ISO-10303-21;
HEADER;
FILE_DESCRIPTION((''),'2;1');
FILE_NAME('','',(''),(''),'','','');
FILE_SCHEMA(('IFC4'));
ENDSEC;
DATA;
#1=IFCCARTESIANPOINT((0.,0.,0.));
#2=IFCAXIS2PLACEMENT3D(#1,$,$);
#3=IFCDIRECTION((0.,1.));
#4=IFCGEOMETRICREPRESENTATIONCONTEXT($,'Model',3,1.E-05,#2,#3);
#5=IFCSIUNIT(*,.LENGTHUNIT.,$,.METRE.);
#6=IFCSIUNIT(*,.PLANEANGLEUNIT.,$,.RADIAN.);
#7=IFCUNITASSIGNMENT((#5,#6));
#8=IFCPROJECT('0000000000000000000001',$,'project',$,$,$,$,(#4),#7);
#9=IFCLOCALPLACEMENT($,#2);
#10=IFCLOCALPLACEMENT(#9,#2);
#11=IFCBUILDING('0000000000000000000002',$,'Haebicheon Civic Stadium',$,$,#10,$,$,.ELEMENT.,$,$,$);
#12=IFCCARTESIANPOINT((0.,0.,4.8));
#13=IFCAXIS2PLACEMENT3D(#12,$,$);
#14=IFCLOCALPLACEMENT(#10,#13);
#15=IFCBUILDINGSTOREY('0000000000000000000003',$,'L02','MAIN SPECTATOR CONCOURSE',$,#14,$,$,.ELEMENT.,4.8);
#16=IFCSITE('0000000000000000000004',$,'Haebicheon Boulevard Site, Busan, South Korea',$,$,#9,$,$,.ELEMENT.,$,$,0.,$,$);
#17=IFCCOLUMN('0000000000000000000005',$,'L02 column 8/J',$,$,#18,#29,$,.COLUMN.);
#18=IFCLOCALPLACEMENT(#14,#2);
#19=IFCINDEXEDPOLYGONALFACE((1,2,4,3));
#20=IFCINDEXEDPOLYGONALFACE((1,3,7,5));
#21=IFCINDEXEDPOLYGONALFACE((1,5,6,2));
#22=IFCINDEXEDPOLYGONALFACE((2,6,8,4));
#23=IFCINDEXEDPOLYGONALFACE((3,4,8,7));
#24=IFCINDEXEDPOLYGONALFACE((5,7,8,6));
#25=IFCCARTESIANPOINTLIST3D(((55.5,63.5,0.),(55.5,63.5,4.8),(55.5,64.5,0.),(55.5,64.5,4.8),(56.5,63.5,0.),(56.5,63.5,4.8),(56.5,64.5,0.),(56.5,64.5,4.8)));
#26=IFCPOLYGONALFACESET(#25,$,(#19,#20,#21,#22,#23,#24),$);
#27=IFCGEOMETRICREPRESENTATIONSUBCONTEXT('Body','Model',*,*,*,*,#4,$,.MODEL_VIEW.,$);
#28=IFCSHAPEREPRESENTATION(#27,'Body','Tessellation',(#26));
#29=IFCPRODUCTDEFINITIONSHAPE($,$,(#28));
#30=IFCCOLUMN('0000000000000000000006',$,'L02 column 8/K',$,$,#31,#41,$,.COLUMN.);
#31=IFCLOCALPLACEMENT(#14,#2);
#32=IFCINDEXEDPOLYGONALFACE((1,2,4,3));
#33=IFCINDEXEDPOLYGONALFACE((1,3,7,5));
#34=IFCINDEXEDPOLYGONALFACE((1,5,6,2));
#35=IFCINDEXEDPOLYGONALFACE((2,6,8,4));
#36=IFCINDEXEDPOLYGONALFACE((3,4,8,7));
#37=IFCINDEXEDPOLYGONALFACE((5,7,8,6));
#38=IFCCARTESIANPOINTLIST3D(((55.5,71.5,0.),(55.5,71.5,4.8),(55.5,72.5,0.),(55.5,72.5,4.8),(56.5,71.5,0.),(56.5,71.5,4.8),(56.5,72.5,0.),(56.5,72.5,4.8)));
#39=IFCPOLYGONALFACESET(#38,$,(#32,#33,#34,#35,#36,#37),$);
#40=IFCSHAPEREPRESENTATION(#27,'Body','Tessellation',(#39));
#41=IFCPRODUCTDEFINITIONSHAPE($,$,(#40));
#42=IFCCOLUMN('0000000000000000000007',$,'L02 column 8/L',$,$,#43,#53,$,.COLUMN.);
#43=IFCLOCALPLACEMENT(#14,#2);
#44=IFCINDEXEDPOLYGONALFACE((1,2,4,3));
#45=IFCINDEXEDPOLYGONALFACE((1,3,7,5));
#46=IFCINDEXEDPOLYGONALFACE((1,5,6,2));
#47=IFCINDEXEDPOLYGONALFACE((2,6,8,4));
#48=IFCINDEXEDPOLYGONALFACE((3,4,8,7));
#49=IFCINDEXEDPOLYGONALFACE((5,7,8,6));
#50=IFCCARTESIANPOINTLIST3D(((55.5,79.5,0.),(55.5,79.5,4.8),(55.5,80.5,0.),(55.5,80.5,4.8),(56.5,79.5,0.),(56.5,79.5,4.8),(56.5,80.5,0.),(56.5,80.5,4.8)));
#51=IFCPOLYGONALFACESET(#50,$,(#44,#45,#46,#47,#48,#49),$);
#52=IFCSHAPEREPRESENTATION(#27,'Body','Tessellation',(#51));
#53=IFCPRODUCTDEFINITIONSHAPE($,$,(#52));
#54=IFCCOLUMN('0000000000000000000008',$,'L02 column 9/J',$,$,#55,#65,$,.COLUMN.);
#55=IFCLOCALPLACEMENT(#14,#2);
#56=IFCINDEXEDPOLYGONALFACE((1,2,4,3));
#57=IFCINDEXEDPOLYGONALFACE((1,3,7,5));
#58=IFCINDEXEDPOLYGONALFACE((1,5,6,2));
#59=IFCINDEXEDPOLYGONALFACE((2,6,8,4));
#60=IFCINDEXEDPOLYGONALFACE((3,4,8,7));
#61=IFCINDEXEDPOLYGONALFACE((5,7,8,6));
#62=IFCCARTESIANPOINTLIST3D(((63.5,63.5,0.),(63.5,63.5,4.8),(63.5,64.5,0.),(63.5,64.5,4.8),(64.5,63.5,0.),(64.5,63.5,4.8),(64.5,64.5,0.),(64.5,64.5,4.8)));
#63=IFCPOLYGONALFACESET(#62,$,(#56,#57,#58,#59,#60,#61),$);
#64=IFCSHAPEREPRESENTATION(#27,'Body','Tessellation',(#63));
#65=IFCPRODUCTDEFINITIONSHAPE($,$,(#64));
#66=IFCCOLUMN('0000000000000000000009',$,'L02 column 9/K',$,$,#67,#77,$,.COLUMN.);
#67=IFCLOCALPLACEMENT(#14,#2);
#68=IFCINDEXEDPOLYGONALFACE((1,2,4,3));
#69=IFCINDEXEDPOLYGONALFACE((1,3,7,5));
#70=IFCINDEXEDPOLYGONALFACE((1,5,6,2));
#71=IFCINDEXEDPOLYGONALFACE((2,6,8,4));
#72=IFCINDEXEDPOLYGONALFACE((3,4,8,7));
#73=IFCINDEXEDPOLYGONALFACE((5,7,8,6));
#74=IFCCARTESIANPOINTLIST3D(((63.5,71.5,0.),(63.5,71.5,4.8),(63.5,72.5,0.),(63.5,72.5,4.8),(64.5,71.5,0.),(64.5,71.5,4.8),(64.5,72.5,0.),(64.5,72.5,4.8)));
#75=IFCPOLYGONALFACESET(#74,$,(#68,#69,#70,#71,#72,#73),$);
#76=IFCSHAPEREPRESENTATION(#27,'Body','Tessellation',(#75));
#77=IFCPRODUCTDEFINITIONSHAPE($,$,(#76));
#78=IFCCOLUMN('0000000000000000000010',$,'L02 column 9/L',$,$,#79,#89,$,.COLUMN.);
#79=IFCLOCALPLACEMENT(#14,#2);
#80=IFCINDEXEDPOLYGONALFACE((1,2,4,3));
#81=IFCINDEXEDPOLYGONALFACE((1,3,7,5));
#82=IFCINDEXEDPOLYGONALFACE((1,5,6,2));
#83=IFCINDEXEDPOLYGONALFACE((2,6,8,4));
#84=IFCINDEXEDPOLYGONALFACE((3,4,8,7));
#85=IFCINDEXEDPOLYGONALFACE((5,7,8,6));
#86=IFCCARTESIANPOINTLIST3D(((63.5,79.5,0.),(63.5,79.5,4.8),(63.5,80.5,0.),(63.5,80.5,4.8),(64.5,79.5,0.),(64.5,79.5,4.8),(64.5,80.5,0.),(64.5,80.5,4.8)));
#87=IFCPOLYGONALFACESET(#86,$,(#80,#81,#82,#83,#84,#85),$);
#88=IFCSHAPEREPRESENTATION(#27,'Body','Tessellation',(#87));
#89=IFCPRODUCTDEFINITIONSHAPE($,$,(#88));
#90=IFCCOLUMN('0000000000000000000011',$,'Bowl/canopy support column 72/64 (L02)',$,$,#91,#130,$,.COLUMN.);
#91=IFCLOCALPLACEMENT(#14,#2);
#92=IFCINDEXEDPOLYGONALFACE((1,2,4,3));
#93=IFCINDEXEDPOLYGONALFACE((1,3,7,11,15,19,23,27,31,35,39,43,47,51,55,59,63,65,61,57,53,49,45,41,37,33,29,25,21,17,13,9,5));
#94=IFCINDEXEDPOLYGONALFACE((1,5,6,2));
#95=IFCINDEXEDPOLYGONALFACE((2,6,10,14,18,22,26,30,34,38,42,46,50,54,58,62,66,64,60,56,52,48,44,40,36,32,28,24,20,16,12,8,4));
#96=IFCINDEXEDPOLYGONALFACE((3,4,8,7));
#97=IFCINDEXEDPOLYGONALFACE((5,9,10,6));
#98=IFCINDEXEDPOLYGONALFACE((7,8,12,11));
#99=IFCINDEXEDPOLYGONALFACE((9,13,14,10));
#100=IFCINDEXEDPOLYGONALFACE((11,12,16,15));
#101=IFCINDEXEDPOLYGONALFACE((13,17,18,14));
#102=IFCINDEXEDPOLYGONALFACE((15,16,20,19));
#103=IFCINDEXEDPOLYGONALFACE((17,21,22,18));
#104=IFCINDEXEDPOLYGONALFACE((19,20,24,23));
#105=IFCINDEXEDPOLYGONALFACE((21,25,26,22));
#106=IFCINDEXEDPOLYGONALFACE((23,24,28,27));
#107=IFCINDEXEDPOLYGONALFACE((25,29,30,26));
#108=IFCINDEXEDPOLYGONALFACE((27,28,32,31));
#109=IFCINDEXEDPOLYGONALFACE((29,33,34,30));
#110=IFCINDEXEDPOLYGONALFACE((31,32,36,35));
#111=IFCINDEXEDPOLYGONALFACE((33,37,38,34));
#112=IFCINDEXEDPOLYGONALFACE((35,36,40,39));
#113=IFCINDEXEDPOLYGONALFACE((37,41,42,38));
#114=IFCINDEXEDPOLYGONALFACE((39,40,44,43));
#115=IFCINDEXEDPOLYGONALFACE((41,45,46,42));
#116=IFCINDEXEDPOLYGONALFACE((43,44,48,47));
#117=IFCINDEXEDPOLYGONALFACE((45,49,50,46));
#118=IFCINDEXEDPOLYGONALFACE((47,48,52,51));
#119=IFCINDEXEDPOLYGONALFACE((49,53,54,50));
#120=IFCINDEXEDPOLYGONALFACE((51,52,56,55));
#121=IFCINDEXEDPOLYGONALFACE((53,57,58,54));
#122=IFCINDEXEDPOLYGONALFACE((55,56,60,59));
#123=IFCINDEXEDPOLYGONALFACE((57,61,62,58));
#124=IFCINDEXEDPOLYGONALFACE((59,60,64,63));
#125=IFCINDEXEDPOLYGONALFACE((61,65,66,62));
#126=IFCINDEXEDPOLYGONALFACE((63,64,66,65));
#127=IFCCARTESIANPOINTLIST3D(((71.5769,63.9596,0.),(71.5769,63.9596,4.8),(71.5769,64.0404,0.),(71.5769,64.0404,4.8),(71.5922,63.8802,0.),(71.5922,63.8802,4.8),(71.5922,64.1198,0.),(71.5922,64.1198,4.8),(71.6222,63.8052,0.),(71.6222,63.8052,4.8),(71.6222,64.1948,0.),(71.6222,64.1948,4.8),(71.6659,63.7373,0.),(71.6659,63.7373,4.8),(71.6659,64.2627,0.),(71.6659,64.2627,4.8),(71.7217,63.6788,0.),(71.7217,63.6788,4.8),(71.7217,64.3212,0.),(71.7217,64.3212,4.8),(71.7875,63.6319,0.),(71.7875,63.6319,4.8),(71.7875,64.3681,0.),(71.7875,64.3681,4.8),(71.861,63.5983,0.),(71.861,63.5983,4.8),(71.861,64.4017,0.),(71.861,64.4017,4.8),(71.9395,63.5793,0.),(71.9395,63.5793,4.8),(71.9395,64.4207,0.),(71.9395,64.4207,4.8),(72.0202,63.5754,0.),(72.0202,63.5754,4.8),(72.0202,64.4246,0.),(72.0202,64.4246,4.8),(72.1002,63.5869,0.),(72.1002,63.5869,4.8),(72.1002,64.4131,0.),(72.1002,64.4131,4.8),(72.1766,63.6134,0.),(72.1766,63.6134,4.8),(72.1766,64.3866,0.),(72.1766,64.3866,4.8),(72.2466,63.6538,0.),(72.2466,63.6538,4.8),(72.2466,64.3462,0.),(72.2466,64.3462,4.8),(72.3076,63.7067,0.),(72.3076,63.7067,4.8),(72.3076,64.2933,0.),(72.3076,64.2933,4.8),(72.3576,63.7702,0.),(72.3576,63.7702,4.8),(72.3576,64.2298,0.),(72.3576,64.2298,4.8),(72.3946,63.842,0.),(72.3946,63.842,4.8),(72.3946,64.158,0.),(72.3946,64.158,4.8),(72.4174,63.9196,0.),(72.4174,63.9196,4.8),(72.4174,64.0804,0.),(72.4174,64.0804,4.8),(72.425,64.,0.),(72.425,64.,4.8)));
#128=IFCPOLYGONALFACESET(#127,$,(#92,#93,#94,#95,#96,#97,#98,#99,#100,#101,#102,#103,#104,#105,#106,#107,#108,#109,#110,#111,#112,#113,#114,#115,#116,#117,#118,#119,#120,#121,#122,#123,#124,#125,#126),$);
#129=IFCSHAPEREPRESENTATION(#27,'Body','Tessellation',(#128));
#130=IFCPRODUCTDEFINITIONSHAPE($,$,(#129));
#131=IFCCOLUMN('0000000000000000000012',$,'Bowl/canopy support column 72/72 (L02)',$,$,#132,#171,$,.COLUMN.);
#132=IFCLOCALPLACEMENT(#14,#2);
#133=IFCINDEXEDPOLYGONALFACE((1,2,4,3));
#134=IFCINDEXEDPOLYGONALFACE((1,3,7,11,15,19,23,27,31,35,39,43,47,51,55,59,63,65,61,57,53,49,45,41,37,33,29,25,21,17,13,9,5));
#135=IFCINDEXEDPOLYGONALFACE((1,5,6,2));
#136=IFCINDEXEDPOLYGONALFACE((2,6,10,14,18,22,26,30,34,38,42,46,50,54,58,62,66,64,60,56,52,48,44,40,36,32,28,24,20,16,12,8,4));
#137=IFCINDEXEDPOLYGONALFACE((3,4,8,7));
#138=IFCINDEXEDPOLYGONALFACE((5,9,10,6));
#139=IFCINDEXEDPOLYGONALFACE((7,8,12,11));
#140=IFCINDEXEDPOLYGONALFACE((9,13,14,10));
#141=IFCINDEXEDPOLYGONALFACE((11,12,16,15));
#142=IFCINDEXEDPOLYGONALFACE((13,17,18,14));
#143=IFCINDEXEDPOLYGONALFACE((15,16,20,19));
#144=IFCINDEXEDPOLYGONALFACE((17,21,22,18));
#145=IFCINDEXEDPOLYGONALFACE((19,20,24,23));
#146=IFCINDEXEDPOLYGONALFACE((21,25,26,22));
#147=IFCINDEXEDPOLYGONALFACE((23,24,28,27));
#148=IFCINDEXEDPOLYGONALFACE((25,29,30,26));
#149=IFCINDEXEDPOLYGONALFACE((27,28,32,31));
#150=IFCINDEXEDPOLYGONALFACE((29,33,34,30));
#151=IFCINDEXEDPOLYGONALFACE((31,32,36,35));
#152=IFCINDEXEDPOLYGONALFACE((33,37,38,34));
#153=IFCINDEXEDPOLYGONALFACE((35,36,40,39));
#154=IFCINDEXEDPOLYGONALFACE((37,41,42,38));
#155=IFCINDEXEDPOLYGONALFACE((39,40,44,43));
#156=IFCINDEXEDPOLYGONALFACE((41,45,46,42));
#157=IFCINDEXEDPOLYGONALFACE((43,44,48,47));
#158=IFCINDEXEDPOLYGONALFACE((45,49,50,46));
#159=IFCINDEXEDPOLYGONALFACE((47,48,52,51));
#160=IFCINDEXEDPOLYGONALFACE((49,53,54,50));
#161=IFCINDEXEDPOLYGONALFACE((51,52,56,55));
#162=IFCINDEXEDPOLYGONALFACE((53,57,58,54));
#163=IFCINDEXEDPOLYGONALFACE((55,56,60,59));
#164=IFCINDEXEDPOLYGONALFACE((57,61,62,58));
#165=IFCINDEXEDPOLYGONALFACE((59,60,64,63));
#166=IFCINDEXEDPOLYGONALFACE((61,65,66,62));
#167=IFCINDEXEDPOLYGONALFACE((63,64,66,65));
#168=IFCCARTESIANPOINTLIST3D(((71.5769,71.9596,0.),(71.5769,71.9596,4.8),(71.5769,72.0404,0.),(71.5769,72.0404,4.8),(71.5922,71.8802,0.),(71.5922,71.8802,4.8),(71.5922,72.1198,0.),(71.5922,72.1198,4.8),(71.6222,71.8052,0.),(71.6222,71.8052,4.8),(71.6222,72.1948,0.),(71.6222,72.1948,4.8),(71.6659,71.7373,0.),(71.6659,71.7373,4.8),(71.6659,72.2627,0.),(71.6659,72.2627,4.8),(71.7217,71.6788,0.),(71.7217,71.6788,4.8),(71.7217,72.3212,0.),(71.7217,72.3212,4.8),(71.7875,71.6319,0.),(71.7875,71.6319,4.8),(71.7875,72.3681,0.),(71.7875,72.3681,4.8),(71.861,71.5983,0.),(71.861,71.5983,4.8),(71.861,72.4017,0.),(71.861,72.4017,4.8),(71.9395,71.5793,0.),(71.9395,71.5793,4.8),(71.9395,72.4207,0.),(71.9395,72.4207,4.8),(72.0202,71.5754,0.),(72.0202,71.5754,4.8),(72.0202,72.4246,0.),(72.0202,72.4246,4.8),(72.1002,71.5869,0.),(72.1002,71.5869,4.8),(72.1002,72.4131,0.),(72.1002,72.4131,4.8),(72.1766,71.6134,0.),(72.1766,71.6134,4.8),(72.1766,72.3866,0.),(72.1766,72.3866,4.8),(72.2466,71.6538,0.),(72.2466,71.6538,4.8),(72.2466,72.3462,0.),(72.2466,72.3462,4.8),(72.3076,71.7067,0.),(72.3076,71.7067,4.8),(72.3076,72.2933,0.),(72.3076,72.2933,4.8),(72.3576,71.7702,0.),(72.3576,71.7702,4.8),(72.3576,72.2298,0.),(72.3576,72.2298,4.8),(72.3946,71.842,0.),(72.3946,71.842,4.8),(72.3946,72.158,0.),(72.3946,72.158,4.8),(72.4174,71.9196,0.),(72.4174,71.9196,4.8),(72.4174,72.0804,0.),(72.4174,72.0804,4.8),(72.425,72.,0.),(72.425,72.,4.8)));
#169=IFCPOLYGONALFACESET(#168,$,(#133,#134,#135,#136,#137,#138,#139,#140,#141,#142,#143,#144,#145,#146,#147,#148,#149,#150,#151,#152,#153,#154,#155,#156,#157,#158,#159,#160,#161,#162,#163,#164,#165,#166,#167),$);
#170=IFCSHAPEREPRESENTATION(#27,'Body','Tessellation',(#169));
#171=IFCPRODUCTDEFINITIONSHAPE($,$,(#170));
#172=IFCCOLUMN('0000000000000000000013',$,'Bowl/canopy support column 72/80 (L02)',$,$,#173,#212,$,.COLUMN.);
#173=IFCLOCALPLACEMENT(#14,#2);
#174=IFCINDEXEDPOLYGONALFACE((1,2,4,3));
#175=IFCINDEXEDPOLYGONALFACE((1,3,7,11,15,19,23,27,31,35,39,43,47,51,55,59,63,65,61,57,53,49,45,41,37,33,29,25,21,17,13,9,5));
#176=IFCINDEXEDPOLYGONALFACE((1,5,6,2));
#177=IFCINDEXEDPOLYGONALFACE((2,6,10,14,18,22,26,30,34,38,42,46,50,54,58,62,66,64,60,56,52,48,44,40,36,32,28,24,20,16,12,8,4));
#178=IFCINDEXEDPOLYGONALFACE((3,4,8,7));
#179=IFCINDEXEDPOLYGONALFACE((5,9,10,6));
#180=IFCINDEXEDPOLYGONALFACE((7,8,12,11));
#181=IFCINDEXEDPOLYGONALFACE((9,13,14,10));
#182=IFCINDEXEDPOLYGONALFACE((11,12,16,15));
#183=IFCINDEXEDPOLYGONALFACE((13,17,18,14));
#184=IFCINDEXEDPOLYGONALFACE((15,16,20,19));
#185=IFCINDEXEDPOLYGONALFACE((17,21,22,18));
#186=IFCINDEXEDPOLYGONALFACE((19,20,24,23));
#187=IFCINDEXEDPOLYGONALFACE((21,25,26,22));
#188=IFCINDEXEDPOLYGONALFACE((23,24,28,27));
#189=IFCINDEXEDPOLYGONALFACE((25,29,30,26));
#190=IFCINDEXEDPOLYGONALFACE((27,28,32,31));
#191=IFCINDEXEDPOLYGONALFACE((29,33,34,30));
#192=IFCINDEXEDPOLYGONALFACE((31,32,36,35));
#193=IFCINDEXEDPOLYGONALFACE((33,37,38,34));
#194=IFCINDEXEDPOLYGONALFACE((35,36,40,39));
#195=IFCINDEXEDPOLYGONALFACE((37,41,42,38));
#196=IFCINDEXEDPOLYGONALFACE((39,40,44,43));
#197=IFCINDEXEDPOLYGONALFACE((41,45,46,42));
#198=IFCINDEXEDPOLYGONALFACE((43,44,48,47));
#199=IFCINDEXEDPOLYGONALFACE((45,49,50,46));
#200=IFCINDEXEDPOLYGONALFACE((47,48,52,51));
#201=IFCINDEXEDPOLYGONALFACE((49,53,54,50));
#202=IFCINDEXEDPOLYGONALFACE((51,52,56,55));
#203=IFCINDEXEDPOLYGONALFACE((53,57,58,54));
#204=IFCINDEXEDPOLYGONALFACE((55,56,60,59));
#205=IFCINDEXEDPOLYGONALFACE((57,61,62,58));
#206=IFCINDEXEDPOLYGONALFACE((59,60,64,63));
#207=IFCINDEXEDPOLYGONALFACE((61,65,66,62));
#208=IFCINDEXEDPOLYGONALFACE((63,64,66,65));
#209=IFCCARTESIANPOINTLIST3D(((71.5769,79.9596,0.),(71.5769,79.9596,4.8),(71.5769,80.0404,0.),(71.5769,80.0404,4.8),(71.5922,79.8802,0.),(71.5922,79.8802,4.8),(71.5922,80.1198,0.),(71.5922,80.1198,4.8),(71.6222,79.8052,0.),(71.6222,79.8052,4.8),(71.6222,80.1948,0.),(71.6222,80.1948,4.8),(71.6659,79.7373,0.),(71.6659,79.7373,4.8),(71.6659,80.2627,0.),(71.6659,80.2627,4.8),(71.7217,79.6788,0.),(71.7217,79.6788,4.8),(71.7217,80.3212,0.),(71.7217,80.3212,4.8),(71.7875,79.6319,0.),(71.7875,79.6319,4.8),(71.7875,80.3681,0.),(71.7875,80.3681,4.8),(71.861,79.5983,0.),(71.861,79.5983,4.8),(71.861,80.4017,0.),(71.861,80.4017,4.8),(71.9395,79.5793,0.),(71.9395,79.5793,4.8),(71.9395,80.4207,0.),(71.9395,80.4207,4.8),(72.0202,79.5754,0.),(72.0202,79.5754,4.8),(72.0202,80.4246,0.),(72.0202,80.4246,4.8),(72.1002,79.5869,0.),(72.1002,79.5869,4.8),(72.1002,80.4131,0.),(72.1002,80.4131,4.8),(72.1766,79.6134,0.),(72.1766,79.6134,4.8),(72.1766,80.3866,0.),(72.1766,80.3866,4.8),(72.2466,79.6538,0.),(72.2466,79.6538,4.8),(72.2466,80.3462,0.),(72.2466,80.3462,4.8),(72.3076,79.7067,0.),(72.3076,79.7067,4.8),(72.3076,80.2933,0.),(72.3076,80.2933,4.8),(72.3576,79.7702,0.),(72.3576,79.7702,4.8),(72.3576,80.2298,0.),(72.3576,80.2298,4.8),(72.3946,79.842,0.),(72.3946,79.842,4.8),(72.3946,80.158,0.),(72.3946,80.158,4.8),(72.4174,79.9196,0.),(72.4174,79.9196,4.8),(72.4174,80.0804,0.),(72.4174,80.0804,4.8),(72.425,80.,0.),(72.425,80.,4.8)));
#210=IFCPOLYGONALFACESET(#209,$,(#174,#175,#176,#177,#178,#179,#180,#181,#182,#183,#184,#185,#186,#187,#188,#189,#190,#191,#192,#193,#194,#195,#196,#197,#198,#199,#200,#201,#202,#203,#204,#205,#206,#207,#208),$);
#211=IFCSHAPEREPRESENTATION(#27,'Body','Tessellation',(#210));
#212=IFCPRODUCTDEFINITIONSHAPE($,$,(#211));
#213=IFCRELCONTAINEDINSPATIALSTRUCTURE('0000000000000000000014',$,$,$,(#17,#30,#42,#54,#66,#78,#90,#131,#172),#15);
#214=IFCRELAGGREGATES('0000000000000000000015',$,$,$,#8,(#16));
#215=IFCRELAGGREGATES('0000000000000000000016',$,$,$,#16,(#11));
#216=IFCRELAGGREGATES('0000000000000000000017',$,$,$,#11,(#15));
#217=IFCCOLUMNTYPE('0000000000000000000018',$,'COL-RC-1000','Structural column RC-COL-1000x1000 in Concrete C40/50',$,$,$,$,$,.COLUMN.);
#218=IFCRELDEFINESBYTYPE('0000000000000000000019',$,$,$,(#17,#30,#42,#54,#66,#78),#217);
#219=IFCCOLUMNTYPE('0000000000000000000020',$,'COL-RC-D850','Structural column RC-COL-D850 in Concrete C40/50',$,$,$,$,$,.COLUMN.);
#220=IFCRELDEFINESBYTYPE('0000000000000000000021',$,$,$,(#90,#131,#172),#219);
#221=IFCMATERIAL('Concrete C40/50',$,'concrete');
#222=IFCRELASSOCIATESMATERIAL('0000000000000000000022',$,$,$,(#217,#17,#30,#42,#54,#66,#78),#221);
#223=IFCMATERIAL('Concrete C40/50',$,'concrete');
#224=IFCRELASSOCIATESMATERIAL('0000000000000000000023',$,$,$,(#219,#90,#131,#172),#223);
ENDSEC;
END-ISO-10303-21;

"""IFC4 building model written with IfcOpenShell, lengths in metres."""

from ifc_helpers import new_model, si_unit, direction, frame, origin, origin_2d, place, context, subcontext, project, spatial, rectangle, circle, extrude, material, material_profile, profile_set, type_object, element, save


model = new_model("IFC4")

# Units and contexts
model_context = context("Model", 3, precision=1e-05, world=origin(), true_north=direction((0.0, 1.0)))
body_context = subcontext(model_context, "Body", "Model", "MODEL_VIEW")
ifc_project = project(units=[si_unit("LENGTHUNIT", "METRE"), si_unit("PLANEANGLEUNIT", "RADIAN")], contexts=[model_context])

# Site, building, storey
site_placement = place(None, origin())
site = spatial("IfcSite", under=ifc_project, at=site_placement, Name="Haebicheon Boulevard Site, Busan, South Korea", CompositionType="ELEMENT", RefElevation=0.0)
building_placement = place(site_placement, origin())
building = spatial("IfcBuilding", under=site, at=building_placement, Name="Haebicheon Civic Stadium", CompositionType="ELEMENT")
storey_placement = place(building_placement, frame((0.0, 0.0, 4.8)))
storey = spatial("IfcBuildingStorey", under=building, at=storey_placement, Name="L02", Description="MAIN SPECTATOR CONCOURSE", CompositionType="ELEMENT", Elevation=4.8)

# Columns
ifc_material_1 = material(Name="Concrete C40/50", Category="concrete")
ifc_material_profile_1 = material_profile(ifc_material_1, rectangle(XDim=1.0, YDim=1.0, at=origin_2d()), Name="RC-COL-1000x1000")
ifc_profile_set_1 = profile_set([ifc_material_profile_1], Name="Concrete C40/50")
column_type_1 = type_object("IfcColumnType", Name="COL-RC-1000", Description="Structural column RC-COL-1000x1000 in Concrete C40/50", PredefinedType="COLUMN", material=ifc_profile_set_1)
for number, where, z_axis, x_axis, name in (
    (1, (56.0, 64.0, 0.0), (0.0, 0.0, 1.0), (1.0, 0.0, 0.0), "L02 column 8/J"),
    (2, (56.0, 72.0, 0.0), (0.0, 0.0, 1.0), (1.0, 0.0, 0.0), "L02 column 8/K"),
    (3, (56.0, 80.0, 0.0), (0.0, 0.0, 1.0), (1.0, 0.0, 0.0), "L02 column 8/L"),
    (4, (64.0, 64.0, 0.0), (0.0, 0.0, 1.0), (1.0, 0.0, 0.0), "L02 column 9/J"),
    (5, (64.0, 72.0, 0.0), (0.0, 0.0, 1.0), (1.0, 0.0, 0.0), "L02 column 9/K"),
    (6, (64.0, 80.0, 0.0), (0.0, 0.0, 1.0), (1.0, 0.0, 0.0), "L02 column 9/L"),
):
    element("IfcColumn", number, at=place(storey_placement, frame(where, z_axis=z_axis, x_axis=x_axis)), inside=storey, type_object=column_type_1, material=ifc_profile_set_1, Name=name, PredefinedType="COLUMN", context=body_context, shape_type="SweptSolid", body=[
        extrude(rectangle(XDim=1.0, YDim=1.0, at=origin_2d()), origin(), (0.0, 0.0, 1.0), 4.8),
    ])
ifc_material_2 = material(Name="Concrete C40/50", Category="concrete")
ifc_material_profile_2 = material_profile(ifc_material_2, circle(Radius=0.425, at=origin_2d()), Name="RC-COL-D850")
ifc_profile_set_2 = profile_set([ifc_material_profile_2], Name="Concrete C40/50")
column_type_2 = type_object("IfcColumnType", Name="COL-RC-D850", Description="Structural column RC-COL-D850 in Concrete C40/50", PredefinedType="COLUMN", material=ifc_profile_set_2)
for number, where, z_axis, x_axis, name in (
    (7, (72.0, 64.0, 0.0), (0.0, 0.0, 1.0), (1.0, 0.0, 0.0), "Bowl/canopy support column 72/64 (L02)"),
    (8, (72.0, 72.0, 0.0), (0.0, 0.0, 1.0), (1.0, 0.0, 0.0), "Bowl/canopy support column 72/72 (L02)"),
    (9, (72.0, 80.0, 0.0), (0.0, 0.0, 1.0), (1.0, 0.0, 0.0), "Bowl/canopy support column 72/80 (L02)"),
):
    element("IfcColumn", number, at=place(storey_placement, frame(where, z_axis=z_axis, x_axis=x_axis)), inside=storey, type_object=column_type_2, material=ifc_profile_set_2, Name=name, PredefinedType="COLUMN", context=body_context, shape_type="SweptSolid", body=[
        extrude(circle(Radius=0.425, at=origin_2d()), origin(), (0.0, 0.0, 1.0), 4.8),
    ])

save(model, "model.ifc")
